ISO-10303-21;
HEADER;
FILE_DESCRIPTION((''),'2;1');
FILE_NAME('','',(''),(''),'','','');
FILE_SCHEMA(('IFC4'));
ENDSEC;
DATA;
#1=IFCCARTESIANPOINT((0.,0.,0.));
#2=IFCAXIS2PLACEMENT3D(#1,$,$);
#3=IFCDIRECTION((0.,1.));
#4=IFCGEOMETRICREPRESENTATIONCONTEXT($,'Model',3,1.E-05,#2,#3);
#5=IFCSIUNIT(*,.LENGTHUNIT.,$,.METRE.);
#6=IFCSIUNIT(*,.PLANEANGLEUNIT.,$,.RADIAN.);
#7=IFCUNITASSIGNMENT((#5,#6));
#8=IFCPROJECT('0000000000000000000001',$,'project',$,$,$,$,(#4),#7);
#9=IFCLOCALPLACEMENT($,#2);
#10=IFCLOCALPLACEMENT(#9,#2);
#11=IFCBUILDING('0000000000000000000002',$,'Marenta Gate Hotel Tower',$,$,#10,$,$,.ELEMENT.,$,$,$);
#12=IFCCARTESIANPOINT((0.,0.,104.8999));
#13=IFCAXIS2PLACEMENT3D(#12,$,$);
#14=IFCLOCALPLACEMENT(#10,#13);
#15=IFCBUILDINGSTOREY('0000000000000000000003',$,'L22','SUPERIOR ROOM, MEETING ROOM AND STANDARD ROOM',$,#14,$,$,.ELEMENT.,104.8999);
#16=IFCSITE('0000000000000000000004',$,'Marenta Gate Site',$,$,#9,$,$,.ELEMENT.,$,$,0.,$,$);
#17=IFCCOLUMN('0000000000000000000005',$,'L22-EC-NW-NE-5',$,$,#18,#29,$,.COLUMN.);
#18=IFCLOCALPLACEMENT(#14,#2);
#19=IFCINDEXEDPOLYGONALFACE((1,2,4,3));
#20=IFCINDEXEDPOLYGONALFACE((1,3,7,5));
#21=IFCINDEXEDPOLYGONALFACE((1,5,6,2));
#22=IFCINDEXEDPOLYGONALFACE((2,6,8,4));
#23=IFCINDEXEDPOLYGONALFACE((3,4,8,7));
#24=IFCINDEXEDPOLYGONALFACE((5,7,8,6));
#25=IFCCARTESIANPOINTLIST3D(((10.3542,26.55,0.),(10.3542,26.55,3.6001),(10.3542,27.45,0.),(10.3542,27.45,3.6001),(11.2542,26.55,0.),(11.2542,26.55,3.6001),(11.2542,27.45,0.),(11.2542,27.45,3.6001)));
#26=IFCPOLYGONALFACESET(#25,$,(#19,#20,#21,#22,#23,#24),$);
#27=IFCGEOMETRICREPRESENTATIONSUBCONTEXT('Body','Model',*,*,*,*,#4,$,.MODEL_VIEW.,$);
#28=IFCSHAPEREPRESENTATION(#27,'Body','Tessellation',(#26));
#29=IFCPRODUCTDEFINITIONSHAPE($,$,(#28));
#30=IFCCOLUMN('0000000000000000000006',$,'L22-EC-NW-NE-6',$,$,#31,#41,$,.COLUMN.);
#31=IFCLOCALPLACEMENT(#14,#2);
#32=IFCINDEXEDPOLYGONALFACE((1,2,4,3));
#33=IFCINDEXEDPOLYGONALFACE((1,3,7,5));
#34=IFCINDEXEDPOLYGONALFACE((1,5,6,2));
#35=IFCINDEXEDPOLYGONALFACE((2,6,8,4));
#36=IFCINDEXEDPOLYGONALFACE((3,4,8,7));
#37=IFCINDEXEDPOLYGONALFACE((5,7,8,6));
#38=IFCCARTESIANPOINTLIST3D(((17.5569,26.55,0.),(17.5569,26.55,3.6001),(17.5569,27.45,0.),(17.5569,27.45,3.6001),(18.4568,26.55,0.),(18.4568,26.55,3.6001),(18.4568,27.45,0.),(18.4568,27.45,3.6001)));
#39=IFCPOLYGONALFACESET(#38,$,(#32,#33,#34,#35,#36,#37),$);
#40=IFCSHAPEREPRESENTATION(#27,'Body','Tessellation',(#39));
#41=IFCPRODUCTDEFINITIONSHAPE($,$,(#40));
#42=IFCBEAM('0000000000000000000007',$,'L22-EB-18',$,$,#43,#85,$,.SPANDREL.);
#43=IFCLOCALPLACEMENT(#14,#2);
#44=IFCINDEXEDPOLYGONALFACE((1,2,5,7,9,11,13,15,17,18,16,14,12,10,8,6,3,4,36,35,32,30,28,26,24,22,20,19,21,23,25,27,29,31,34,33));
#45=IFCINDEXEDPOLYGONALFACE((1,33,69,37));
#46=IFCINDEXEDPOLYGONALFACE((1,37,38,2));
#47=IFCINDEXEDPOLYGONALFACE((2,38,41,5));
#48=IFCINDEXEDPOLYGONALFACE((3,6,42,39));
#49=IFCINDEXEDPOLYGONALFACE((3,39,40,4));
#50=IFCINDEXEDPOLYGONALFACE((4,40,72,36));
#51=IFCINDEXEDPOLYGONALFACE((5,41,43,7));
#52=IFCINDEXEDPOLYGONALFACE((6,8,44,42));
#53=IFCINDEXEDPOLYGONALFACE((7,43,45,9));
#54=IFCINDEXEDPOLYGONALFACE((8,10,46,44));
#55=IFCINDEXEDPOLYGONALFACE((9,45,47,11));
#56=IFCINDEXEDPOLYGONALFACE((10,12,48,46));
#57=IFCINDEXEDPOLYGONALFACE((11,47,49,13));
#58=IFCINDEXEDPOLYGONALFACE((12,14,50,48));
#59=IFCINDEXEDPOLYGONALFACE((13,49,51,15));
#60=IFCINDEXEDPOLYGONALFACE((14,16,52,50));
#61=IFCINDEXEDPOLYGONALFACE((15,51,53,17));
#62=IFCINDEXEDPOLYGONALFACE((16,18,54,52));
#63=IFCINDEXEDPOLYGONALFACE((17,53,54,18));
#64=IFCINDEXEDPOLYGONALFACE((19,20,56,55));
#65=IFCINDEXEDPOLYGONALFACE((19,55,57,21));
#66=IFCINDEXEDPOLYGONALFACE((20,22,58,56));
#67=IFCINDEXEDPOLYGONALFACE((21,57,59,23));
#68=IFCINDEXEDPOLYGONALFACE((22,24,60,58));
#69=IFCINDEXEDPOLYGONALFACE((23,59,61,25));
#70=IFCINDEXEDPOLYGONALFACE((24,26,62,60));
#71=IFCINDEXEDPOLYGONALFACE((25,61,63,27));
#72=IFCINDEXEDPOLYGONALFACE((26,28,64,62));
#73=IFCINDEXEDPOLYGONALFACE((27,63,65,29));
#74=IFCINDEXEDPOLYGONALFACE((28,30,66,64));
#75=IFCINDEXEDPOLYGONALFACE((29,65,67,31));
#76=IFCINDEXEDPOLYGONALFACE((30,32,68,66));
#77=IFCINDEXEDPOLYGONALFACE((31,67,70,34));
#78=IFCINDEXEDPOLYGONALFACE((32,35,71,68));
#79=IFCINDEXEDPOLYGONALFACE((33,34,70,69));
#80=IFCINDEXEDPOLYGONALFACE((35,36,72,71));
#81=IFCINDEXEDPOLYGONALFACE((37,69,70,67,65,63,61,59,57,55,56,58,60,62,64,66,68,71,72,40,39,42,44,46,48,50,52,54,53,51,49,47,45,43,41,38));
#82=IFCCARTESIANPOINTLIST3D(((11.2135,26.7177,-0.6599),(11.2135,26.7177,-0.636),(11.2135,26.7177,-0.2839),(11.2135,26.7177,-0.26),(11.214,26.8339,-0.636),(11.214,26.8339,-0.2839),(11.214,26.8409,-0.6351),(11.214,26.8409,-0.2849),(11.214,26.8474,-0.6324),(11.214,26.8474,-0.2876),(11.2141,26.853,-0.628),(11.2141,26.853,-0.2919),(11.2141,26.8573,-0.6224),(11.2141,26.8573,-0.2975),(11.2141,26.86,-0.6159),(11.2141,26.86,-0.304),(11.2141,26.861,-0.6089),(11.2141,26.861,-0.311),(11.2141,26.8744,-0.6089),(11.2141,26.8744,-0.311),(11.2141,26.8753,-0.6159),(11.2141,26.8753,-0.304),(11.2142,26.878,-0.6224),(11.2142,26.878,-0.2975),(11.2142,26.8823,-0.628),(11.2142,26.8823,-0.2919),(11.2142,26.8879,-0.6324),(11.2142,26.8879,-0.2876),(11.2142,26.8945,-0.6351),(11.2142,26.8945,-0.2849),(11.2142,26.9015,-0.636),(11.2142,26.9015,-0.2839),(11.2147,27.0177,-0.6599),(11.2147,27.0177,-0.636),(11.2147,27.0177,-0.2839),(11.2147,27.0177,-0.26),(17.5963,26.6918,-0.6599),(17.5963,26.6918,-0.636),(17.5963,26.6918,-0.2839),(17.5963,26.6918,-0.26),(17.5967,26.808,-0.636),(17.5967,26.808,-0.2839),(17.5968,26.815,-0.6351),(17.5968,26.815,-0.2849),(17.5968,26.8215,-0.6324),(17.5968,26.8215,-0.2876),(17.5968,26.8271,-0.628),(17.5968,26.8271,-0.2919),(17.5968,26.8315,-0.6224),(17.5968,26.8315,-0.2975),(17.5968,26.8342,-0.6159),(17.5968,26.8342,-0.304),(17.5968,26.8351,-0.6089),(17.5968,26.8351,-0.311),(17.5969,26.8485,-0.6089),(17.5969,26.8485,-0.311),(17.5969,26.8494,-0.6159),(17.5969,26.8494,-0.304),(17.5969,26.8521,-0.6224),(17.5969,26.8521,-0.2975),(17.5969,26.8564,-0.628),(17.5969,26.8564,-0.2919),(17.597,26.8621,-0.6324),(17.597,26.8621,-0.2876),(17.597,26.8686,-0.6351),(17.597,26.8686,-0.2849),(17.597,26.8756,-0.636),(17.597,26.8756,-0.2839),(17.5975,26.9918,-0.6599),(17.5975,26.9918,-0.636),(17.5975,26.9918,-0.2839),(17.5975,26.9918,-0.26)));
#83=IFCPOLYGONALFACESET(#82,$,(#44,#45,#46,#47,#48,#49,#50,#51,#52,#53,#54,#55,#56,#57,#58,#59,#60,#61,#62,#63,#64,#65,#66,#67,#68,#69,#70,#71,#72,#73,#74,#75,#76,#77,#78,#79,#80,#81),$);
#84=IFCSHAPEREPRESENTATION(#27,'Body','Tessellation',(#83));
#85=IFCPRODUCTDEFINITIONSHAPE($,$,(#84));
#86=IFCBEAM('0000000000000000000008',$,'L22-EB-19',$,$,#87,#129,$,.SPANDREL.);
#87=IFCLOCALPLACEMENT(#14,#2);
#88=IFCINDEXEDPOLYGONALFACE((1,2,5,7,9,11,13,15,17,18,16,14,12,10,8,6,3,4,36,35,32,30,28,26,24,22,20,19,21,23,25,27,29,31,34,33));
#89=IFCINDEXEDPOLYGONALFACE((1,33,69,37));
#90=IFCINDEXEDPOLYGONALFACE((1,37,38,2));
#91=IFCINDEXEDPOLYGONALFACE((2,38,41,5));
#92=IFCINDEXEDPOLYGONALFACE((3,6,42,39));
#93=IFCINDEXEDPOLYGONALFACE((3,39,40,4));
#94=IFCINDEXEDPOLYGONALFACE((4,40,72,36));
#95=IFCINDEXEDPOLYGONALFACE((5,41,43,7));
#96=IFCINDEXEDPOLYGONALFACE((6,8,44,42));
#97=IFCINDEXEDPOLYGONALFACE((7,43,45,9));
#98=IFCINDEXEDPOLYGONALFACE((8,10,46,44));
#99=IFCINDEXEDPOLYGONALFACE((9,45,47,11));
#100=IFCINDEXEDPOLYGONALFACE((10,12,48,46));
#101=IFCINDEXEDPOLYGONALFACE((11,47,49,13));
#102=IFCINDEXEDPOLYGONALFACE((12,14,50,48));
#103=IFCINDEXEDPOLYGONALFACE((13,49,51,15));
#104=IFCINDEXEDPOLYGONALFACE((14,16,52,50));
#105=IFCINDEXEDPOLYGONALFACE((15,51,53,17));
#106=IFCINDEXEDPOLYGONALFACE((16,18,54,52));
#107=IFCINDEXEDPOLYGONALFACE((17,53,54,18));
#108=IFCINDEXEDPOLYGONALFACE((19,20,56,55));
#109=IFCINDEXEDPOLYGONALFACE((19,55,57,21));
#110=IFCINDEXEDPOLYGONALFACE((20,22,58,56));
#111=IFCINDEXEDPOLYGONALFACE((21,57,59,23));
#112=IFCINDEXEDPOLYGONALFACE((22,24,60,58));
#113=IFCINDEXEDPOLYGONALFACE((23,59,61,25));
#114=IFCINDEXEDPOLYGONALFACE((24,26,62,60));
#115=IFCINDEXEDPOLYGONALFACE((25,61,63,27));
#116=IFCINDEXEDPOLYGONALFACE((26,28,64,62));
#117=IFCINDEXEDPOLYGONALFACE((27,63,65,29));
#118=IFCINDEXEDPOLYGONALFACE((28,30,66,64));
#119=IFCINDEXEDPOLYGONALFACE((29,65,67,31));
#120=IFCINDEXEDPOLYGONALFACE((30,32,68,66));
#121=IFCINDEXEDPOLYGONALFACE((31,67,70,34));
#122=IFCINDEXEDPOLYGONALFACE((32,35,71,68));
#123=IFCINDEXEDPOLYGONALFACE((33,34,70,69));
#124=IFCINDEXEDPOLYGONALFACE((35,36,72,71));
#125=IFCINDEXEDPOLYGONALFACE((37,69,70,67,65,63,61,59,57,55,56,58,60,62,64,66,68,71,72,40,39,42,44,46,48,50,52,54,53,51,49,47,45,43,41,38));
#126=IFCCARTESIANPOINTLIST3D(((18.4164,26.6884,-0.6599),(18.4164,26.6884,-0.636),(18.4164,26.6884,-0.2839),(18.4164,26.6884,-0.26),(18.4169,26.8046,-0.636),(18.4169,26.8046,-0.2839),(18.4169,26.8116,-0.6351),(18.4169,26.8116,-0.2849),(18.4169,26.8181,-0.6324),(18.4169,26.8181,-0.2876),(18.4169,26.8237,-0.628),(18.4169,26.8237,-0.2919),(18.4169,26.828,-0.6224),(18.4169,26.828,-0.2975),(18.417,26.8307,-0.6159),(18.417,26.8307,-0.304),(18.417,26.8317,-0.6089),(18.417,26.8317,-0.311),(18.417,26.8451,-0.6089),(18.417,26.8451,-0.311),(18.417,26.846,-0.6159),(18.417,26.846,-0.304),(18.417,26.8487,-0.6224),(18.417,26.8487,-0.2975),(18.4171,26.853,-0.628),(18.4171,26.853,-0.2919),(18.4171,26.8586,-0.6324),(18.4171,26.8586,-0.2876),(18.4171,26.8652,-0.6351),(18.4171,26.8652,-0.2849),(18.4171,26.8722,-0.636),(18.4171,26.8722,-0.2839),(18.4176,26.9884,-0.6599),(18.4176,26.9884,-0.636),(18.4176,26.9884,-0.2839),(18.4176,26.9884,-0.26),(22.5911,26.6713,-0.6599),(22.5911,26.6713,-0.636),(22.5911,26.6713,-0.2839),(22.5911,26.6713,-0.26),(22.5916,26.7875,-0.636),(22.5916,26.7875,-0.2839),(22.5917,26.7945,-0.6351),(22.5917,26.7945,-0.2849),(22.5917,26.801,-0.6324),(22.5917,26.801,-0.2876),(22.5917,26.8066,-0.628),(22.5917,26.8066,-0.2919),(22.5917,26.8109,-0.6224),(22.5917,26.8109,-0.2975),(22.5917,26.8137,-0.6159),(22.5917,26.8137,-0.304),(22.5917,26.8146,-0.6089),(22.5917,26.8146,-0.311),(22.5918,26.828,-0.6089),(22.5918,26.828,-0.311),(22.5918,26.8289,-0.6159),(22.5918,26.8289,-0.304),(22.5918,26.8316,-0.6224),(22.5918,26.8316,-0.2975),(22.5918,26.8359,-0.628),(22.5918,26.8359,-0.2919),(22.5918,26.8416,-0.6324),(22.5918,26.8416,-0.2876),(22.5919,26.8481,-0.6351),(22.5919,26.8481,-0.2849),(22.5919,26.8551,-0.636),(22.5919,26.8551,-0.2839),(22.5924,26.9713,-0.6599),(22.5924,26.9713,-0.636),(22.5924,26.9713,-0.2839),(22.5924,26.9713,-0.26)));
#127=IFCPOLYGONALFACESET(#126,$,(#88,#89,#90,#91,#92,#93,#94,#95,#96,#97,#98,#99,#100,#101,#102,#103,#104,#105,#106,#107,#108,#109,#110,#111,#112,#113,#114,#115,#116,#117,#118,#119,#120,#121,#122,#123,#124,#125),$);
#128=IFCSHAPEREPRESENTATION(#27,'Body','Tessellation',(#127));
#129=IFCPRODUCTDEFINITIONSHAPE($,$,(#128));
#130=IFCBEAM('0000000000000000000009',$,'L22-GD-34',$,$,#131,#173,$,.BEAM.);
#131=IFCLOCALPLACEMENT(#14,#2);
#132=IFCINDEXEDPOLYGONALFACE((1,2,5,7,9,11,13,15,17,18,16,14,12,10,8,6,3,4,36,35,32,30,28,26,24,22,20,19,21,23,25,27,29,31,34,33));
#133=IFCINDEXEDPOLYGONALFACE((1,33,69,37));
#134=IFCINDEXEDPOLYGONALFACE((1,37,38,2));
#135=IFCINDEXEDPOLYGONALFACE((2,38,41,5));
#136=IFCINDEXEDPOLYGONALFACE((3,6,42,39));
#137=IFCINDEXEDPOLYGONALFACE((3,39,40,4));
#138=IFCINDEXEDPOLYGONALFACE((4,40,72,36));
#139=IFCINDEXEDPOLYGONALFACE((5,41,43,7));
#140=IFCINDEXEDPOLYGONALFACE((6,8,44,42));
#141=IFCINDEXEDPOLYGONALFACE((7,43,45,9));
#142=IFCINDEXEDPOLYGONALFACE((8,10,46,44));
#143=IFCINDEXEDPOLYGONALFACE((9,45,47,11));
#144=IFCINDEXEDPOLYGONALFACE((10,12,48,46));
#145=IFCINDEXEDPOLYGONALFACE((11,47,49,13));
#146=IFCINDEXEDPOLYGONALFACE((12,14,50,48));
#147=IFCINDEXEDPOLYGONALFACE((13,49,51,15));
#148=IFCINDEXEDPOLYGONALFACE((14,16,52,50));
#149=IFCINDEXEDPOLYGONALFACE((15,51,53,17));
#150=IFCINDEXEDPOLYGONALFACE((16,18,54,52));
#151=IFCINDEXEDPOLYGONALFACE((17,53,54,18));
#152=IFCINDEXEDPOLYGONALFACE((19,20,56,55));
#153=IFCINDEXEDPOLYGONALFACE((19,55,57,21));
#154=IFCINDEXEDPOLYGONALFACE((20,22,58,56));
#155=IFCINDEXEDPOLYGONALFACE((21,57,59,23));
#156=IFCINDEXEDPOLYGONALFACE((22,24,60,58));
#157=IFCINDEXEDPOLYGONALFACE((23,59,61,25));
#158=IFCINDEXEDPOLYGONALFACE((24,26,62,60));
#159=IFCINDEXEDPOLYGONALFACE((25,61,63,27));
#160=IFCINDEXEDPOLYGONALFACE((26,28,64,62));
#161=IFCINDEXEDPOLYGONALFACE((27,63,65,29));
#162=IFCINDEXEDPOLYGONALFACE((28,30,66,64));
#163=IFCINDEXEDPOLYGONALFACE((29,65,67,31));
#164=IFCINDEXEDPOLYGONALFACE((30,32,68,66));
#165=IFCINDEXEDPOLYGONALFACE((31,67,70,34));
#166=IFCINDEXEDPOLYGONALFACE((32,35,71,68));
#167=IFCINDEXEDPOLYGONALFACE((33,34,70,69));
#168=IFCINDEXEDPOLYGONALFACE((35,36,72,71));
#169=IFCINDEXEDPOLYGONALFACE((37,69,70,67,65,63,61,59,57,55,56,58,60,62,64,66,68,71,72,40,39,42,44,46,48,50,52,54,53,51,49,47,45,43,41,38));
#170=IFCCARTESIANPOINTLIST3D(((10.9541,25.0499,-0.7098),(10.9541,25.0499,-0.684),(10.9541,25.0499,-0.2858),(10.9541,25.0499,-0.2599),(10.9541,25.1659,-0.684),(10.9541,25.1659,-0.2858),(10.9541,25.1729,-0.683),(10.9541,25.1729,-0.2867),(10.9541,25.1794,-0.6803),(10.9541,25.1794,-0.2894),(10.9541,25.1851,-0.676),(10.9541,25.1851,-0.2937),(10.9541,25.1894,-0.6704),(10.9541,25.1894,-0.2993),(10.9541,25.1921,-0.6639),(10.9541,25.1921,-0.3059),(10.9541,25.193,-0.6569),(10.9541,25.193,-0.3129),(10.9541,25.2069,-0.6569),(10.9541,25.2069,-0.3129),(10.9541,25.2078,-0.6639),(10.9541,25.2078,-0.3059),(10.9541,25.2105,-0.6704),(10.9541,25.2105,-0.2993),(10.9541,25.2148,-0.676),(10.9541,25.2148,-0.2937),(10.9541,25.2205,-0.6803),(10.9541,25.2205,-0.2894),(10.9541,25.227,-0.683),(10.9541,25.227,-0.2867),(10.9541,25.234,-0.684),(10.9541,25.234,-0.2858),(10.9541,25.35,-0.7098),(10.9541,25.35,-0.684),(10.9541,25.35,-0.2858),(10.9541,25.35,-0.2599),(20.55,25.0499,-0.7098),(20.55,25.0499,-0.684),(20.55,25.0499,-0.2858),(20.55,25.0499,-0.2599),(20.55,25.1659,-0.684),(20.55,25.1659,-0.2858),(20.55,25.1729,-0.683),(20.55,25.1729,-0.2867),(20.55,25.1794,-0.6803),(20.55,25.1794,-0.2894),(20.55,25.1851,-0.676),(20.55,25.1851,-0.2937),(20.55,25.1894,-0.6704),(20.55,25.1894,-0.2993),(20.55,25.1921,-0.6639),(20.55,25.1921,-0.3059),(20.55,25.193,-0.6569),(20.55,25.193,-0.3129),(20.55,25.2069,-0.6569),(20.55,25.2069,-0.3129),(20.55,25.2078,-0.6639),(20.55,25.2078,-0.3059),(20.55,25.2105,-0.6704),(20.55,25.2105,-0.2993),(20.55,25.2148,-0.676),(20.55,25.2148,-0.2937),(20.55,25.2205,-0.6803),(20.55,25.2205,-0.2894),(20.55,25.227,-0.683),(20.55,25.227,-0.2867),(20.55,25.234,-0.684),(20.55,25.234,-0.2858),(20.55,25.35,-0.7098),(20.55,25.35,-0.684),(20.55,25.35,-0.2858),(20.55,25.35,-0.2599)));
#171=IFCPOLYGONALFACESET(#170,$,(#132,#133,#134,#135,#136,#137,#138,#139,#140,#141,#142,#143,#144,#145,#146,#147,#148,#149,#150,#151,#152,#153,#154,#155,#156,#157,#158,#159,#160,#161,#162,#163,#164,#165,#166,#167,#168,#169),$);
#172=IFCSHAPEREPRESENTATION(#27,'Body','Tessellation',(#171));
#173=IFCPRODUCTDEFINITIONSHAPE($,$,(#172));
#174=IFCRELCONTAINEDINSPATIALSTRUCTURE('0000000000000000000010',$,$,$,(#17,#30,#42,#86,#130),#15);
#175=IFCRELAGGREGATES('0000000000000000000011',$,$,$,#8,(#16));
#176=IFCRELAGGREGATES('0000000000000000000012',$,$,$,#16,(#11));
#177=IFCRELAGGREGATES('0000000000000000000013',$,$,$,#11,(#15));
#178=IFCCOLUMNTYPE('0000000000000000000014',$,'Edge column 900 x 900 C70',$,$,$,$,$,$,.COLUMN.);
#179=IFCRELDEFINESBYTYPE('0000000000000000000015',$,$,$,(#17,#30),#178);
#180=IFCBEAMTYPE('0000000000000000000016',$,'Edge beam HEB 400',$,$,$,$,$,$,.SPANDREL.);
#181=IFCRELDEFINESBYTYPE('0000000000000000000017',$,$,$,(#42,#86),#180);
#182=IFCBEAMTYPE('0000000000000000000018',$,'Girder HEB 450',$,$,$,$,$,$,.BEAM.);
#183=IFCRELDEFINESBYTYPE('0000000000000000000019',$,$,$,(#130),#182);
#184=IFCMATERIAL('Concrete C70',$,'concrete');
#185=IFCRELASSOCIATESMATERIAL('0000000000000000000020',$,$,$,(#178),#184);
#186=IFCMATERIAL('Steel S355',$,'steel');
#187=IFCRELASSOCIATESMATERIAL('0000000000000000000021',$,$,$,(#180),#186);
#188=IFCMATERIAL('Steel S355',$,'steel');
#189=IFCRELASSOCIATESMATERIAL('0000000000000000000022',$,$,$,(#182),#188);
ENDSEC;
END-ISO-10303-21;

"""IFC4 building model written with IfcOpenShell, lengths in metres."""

from ifc_helpers import new_model, si_unit, direction, frame, origin, origin_2d, place, context, subcontext, project, spatial, rectangle, i_section, extrude, material, material_profile, profile_set, type_object, element, save


model = new_model("IFC4")

# Units and contexts
model_context = context("Model", 3, precision=1e-05, world=origin(), true_north=direction((0.0, 1.0)))
body_context = subcontext(model_context, "Body", "Model", "MODEL_VIEW")
ifc_project = project(units=[si_unit("LENGTHUNIT", "METRE"), si_unit("PLANEANGLEUNIT", "RADIAN")], contexts=[model_context])

# Site, building, storey
site_placement = place(None, origin())
site = spatial("IfcSite", under=ifc_project, at=site_placement, Name="Marenta Gate Site", CompositionType="ELEMENT", RefElevation=0.0)
building_placement = place(site_placement, origin())
building = spatial("IfcBuilding", under=site, at=building_placement, Name="Marenta Gate Hotel Tower", CompositionType="ELEMENT")
storey_placement = place(building_placement, frame((0.0, 0.0, 104.8999)))
storey = spatial("IfcBuildingStorey", under=building, at=storey_placement, Name="L22", Description="SUPERIOR ROOM, MEETING ROOM AND STANDARD ROOM", CompositionType="ELEMENT", Elevation=104.8999)

# Columns
ifc_material_1 = material(Name="Concrete C70", Category="concrete")
ifc_material_profile_1 = material_profile(ifc_material_1, rectangle(XDim=0.8999, YDim=0.8999, at=origin_2d()), Name="900 x 900")
ifc_profile_set_1 = profile_set([ifc_material_profile_1], Name="Concrete C70")
column_type = type_object("IfcColumnType", Name="Edge column 900 x 900 C70", PredefinedType="COLUMN", material=ifc_profile_set_1)
for number, where, z_axis, x_axis, name in (
    (1, (10.8042, 27.0, 0.0), (0.0, 0.0, 1.0), (1.0, 0.0, 0.0), "L22-EC-NW-NE-5"),
    (2, (18.0068, 27.0, 0.0), (0.0, 0.0, 1.0), (1.0, 0.0, 0.0), "L22-EC-NW-NE-6"),
):
    element("IfcColumn", number, at=place(storey_placement, frame(where, z_axis=z_axis, x_axis=x_axis)), inside=storey, type_object=column_type, Name=name, PredefinedType="COLUMN", context=body_context, shape_type="SweptSolid", body=[
        extrude(rectangle(XDim=0.8999, YDim=0.8999, at=origin_2d()), origin(), (0.0, 0.0, 1.0), 3.6001),
    ])

# Beams
ifc_material_2 = material(Name="Steel S355", Category="steel")
ifc_material_profile_2 = material_profile(ifc_material_2, i_section(OverallWidth=0.3, OverallDepth=0.3999, WebThickness=0.0134, FlangeThickness=0.0239, FilletRadius=0.0271, at=origin_2d()), Name="HEB 400")
ifc_profile_set_2 = profile_set([ifc_material_profile_2], Name="Steel S355")
beam_type_1 = type_object("IfcBeamType", Name="Edge beam HEB 400", PredefinedType="SPANDREL", material=ifc_profile_set_2)
beam_1_placement = place(storey_placement, frame((11.2141, 26.8677, -0.46), z_axis=(0.999992, -0.004054, 0.0), x_axis=(0.004054, 0.999992, 0.0)))
element("IfcBeam", 3, at=beam_1_placement, inside=storey, type_object=beam_type_1, Name="L22-EB-18", PredefinedType="SPANDREL", context=body_context, shape_type="SweptSolid", body=[
    extrude(i_section(OverallWidth=0.3, OverallDepth=0.3999, WebThickness=0.0134, FlangeThickness=0.0239, FilletRadius=0.0271, at=origin_2d()), origin(), (0.0, 0.0, 1.0), 6.3828),
])
beam_2_placement = place(storey_placement, frame((18.417, 26.8384, -0.46), z_axis=(0.999992, -0.004094, 0.0), x_axis=(0.004094, 0.999992, 0.0)))
element("IfcBeam", 4, at=beam_2_placement, inside=storey, type_object=beam_type_1, Name="L22-EB-19", PredefinedType="SPANDREL", context=body_context, shape_type="SweptSolid", body=[
    extrude(i_section(OverallWidth=0.3, OverallDepth=0.3999, WebThickness=0.0134, FlangeThickness=0.0239, FilletRadius=0.0271, at=origin_2d()), origin(), (0.0, 0.0, 1.0), 4.1748),
])
ifc_material_3 = material(Name="Steel S355", Category="steel")
ifc_material_profile_3 = material_profile(ifc_material_3, i_section(OverallWidth=0.3, OverallDepth=0.45, WebThickness=0.0139, FlangeThickness=0.0259, FilletRadius=0.0271, at=origin_2d()), Name="HEB 450")
ifc_profile_set_3 = profile_set([ifc_material_profile_3], Name="Steel S355")
beam_type_2 = type_object("IfcBeamType", Name="Girder HEB 450", PredefinedType="BEAM", material=ifc_profile_set_3)
beam_3_placement = place(storey_placement, frame((10.9541, 25.2, -0.4849), z_axis=(1.0, 0.0, 0.0), x_axis=(0.0, 1.0, 0.0)))
element("IfcBeam", 5, at=beam_3_placement, inside=storey, type_object=beam_type_2, Name="L22-GD-34", PredefinedType="BEAM", context=body_context, shape_type="SweptSolid", body=[
    extrude(i_section(OverallWidth=0.3, OverallDepth=0.45, WebThickness=0.0139, FlangeThickness=0.0259, FilletRadius=0.0271, at=origin_2d()), origin(), (0.0, 0.0, 1.0), 9.5959),
])

save(model, "model.ifc")
